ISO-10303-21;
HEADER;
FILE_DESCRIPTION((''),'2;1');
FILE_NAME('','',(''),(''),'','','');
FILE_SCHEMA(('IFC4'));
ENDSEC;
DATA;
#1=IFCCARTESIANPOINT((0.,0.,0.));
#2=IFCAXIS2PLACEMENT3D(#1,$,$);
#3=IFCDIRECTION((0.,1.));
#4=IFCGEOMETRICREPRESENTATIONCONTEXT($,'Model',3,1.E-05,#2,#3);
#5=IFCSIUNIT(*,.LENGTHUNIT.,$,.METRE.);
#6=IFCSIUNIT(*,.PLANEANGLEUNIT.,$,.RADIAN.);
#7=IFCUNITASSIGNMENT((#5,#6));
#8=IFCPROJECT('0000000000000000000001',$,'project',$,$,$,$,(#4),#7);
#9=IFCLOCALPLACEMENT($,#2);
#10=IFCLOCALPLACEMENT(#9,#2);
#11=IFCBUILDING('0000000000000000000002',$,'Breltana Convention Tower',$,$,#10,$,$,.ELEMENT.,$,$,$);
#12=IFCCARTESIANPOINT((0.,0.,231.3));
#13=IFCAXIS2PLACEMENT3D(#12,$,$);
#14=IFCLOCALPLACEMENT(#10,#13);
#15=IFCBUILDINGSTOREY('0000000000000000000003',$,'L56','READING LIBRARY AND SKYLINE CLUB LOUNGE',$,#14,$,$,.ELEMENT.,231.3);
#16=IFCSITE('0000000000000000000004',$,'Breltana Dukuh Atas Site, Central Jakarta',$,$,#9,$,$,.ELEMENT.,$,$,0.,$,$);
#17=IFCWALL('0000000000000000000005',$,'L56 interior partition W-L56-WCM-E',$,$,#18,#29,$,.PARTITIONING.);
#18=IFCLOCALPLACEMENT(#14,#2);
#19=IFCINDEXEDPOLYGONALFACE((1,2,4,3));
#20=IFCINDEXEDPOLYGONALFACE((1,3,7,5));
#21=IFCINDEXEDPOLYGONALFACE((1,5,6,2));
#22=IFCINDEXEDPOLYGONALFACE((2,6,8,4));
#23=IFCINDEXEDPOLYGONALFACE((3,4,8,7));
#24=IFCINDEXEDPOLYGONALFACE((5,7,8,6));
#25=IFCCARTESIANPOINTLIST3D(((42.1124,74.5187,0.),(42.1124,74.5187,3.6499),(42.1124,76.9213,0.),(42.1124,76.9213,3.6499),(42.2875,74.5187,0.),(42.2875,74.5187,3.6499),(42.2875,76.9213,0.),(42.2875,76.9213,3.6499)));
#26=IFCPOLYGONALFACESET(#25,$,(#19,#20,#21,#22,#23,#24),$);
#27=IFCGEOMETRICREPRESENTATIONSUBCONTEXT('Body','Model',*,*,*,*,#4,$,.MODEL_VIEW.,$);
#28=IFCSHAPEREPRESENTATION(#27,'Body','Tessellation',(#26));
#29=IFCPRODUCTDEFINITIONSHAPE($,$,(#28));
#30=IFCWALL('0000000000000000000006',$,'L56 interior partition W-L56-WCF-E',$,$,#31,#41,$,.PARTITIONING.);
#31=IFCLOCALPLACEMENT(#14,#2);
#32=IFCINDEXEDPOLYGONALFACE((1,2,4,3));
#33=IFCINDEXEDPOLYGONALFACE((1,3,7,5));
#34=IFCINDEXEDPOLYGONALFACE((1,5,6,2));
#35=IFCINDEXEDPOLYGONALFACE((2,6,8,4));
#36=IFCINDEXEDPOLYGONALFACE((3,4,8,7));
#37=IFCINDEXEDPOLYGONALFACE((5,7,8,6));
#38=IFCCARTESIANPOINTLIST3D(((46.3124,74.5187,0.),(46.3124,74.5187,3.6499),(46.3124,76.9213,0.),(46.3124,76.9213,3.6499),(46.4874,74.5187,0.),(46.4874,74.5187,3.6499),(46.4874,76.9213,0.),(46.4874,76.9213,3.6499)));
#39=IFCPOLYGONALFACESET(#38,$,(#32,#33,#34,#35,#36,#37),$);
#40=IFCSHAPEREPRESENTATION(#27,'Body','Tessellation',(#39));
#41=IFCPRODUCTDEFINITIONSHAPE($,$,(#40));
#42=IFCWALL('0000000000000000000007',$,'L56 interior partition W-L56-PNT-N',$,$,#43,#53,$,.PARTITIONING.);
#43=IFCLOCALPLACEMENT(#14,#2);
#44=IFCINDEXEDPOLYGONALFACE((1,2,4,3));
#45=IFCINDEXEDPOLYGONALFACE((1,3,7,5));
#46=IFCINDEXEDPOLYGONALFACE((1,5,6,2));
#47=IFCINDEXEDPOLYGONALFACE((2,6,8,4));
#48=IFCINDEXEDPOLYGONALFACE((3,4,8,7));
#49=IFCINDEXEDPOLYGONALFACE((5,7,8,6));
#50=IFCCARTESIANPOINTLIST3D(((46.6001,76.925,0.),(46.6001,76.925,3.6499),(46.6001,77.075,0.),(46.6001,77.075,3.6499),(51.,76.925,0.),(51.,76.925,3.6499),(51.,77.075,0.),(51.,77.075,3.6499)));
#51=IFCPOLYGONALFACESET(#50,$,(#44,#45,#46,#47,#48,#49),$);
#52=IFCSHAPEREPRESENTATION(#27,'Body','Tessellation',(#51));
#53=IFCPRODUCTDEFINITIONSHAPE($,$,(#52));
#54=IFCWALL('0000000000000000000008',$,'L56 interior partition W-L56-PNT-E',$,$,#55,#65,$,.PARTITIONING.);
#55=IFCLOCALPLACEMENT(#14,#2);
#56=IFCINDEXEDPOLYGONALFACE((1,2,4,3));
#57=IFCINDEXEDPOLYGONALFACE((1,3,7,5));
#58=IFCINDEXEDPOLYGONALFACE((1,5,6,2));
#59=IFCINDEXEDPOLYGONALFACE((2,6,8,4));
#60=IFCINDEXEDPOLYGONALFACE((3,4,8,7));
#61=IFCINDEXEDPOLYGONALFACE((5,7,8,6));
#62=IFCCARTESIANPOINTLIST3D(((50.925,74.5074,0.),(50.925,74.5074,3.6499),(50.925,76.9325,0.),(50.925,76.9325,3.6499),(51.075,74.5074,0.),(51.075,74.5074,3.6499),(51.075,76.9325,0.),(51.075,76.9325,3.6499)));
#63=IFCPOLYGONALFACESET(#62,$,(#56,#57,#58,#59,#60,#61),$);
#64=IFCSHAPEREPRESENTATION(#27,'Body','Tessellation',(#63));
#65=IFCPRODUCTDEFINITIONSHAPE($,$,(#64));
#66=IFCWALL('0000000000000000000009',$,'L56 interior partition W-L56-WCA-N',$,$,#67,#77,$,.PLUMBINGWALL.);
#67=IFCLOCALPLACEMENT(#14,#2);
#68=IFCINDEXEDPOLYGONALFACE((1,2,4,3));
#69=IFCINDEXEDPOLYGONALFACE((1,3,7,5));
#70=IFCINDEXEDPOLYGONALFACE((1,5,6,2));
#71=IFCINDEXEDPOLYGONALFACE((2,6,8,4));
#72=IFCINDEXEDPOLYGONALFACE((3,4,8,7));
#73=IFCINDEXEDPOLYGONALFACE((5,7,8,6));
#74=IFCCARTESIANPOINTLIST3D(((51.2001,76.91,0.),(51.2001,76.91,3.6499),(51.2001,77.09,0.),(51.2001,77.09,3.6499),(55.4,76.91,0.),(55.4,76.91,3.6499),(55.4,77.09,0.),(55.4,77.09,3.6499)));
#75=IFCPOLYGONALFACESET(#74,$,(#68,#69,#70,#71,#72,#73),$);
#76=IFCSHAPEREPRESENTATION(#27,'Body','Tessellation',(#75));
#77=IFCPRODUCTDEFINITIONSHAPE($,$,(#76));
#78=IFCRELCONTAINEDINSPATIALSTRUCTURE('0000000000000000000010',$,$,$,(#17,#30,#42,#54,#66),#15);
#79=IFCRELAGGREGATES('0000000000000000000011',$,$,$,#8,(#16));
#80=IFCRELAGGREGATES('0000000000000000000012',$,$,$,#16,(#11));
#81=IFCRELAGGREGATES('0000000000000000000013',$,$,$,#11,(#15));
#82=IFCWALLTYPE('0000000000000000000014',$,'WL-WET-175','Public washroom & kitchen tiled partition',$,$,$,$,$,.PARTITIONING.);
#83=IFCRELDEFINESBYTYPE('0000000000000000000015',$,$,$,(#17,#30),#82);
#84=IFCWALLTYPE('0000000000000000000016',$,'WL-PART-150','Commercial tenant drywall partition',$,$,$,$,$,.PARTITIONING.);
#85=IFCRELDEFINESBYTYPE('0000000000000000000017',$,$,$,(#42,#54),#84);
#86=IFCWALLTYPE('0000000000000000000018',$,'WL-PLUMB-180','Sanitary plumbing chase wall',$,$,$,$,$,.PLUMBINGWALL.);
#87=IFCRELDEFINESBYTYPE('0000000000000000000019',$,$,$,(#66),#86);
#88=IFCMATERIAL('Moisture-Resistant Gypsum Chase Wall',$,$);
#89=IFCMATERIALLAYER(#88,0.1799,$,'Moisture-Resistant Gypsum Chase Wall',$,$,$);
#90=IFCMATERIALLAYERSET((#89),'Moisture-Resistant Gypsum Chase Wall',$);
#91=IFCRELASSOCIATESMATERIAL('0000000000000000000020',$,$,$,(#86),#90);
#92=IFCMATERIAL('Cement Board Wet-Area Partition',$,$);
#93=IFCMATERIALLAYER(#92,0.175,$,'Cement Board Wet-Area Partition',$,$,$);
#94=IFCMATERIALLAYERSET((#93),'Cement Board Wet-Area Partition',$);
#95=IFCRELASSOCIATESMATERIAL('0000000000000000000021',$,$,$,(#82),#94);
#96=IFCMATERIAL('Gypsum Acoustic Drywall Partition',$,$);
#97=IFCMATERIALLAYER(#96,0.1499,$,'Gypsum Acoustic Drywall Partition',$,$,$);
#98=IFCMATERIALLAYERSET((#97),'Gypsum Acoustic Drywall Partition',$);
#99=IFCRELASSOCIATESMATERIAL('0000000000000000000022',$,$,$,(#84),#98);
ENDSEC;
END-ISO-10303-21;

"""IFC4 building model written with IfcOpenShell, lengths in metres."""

from ifc_helpers import new_model, si_unit, direction, frame, frame_2d, origin, place, context, subcontext, project, spatial, rectangle, extrude, source, transform, mapped, material, layer, layer_set, type_object, element, save


model = new_model("IFC4")

# Units and contexts
model_context = context("Model", 3, precision=1e-05, world=origin(), true_north=direction((0.0, 1.0)))
body_context = subcontext(model_context, "Body", "Model", "MODEL_VIEW")
ifc_project = project(units=[si_unit("LENGTHUNIT", "METRE"), si_unit("PLANEANGLEUNIT", "RADIAN")], contexts=[model_context])

# Site, building, storey
site_placement = place(None, origin())
site = spatial("IfcSite", under=ifc_project, at=site_placement, Name="Breltana Dukuh Atas Site, Central Jakarta", CompositionType="ELEMENT", RefElevation=0.0)
building_placement = place(site_placement, origin())
building = spatial("IfcBuilding", under=site, at=building_placement, Name="Breltana Convention Tower", CompositionType="ELEMENT")
storey_placement = place(building_placement, frame((0.0, 0.0, 231.3)))
storey = spatial("IfcBuildingStorey", under=building, at=storey_placement, Name="L56", Description="READING LIBRARY AND SKYLINE CLUB LOUNGE", CompositionType="ELEMENT", Elevation=231.3)

# Walls
ifc_material_1 = material(Name="Moisture-Resistant Gypsum Chase Wall")
ifc_layer_1 = layer(ifc_material_1, 0.1799, Name="Moisture-Resistant Gypsum Chase Wall")
ifc_layer_set_1 = layer_set([ifc_layer_1], Name="Moisture-Resistant Gypsum Chase Wall")
wall_type_1 = type_object("IfcWallType", Name="WL-PLUMB-180", Description="Sanitary plumbing chase wall", PredefinedType="PLUMBINGWALL", material=ifc_layer_set_1)
ifc_material_2 = material(Name="Cement Board Wet-Area Partition")
ifc_layer_2 = layer(ifc_material_2, 0.175, Name="Cement Board Wet-Area Partition")
ifc_layer_set_2 = layer_set([ifc_layer_2], Name="Cement Board Wet-Area Partition")
wall_type_2 = type_object("IfcWallType", Name="WL-WET-175", Description="Public washroom & kitchen tiled partition", PredefinedType="PARTITIONING", material=ifc_layer_set_2)
shared_shape_1 = source(origin(), body_context, "Body", "SweptSolid", [
    extrude(rectangle(XDim=2.4026, YDim=0.175, at=frame_2d((1.2012, 0.0))), origin(), (0.0, 0.0, 1.0), 3.6499),
])
for number, where, z_axis, x_axis, name in (
    (1, (42.2, 74.5188, 0.0), (0.0, 0.0, 1.0), (0.0, 1.0, 0.0), "L56 interior partition W-L56-WCM-E"),
    (2, (46.3999, 74.5188, 0.0), (0.0, 0.0, 1.0), (0.0, 1.0, 0.0), "L56 interior partition W-L56-WCF-E"),
):
    element("IfcWall", number, at=place(storey_placement, frame(where, z_axis=z_axis, x_axis=x_axis)), inside=storey, type_object=wall_type_2, Name=name, PredefinedType="PARTITIONING", context=body_context, shape_type="MappedRepresentation", body=[
        mapped(shared_shape_1, transform((0.0, 0.0, 0.0), scale=1.0)),
    ])
ifc_material_3 = material(Name="Gypsum Acoustic Drywall Partition")
ifc_layer_3 = layer(ifc_material_3, 0.1499, Name="Gypsum Acoustic Drywall Partition")
ifc_layer_set_3 = layer_set([ifc_layer_3], Name="Gypsum Acoustic Drywall Partition")
wall_type_3 = type_object("IfcWallType", Name="WL-PART-150", Description="Commercial tenant drywall partition", PredefinedType="PARTITIONING", material=ifc_layer_set_3)
shared_shape_2 = source(origin(), body_context, "Body", "SweptSolid", [
    extrude(rectangle(XDim=4.3999, YDim=0.1499, at=frame_2d((2.2, 0.0))), origin(), (0.0, 0.0, 1.0), 3.6499),
])
wall_1_placement = place(storey_placement, frame((46.6001, 77.0, 0.0), z_axis=(0.0, 0.0, 1.0), x_axis=(1.0, 0.0, 0.0)))
element("IfcWall", 3, at=wall_1_placement, inside=storey, type_object=wall_type_3, Name="L56 interior partition W-L56-PNT-N", PredefinedType="PARTITIONING", context=body_context, shape_type="MappedRepresentation", body=[
    mapped(shared_shape_2, transform((0.0, 0.0, 0.0), scale=1.0)),
])
shared_shape_3 = source(origin(), body_context, "Body", "SweptSolid", [
    extrude(rectangle(XDim=2.425, YDim=0.1499, at=frame_2d((1.2124, 0.0))), origin(), (0.0, 0.0, 1.0), 3.6499),
])
wall_2_placement = place(storey_placement, frame((51.0, 74.5076, 0.0), z_axis=(0.0, 0.0, 1.0), x_axis=(0.0, 1.0, 0.0)))
element("IfcWall", 4, at=wall_2_placement, inside=storey, type_object=wall_type_3, Name="L56 interior partition W-L56-PNT-E", PredefinedType="PARTITIONING", context=body_context, shape_type="MappedRepresentation", body=[
    mapped(shared_shape_3, transform((0.0, 0.0, 0.0), scale=1.0)),
])

# Wall
shared_shape_4 = source(origin(), body_context, "Body", "SweptSolid", [
    extrude(rectangle(XDim=4.2, YDim=0.1799, at=frame_2d((2.1001, 0.0))), origin(), (0.0, 0.0, 1.0), 3.6499),
])
wall_3_placement = place(storey_placement, frame((51.2, 77.0, 0.0), z_axis=(0.0, 0.0, 1.0), x_axis=(1.0, 0.0, 0.0)))
element("IfcWall", 5, at=wall_3_placement, inside=storey, type_object=wall_type_1, Name="L56 interior partition W-L56-WCA-N", PredefinedType="PLUMBINGWALL", context=body_context, shape_type="MappedRepresentation", body=[
    mapped(shared_shape_4, transform((0.0, 0.0, 0.0), scale=1.0)),
])

save(model, "model.ifc")
